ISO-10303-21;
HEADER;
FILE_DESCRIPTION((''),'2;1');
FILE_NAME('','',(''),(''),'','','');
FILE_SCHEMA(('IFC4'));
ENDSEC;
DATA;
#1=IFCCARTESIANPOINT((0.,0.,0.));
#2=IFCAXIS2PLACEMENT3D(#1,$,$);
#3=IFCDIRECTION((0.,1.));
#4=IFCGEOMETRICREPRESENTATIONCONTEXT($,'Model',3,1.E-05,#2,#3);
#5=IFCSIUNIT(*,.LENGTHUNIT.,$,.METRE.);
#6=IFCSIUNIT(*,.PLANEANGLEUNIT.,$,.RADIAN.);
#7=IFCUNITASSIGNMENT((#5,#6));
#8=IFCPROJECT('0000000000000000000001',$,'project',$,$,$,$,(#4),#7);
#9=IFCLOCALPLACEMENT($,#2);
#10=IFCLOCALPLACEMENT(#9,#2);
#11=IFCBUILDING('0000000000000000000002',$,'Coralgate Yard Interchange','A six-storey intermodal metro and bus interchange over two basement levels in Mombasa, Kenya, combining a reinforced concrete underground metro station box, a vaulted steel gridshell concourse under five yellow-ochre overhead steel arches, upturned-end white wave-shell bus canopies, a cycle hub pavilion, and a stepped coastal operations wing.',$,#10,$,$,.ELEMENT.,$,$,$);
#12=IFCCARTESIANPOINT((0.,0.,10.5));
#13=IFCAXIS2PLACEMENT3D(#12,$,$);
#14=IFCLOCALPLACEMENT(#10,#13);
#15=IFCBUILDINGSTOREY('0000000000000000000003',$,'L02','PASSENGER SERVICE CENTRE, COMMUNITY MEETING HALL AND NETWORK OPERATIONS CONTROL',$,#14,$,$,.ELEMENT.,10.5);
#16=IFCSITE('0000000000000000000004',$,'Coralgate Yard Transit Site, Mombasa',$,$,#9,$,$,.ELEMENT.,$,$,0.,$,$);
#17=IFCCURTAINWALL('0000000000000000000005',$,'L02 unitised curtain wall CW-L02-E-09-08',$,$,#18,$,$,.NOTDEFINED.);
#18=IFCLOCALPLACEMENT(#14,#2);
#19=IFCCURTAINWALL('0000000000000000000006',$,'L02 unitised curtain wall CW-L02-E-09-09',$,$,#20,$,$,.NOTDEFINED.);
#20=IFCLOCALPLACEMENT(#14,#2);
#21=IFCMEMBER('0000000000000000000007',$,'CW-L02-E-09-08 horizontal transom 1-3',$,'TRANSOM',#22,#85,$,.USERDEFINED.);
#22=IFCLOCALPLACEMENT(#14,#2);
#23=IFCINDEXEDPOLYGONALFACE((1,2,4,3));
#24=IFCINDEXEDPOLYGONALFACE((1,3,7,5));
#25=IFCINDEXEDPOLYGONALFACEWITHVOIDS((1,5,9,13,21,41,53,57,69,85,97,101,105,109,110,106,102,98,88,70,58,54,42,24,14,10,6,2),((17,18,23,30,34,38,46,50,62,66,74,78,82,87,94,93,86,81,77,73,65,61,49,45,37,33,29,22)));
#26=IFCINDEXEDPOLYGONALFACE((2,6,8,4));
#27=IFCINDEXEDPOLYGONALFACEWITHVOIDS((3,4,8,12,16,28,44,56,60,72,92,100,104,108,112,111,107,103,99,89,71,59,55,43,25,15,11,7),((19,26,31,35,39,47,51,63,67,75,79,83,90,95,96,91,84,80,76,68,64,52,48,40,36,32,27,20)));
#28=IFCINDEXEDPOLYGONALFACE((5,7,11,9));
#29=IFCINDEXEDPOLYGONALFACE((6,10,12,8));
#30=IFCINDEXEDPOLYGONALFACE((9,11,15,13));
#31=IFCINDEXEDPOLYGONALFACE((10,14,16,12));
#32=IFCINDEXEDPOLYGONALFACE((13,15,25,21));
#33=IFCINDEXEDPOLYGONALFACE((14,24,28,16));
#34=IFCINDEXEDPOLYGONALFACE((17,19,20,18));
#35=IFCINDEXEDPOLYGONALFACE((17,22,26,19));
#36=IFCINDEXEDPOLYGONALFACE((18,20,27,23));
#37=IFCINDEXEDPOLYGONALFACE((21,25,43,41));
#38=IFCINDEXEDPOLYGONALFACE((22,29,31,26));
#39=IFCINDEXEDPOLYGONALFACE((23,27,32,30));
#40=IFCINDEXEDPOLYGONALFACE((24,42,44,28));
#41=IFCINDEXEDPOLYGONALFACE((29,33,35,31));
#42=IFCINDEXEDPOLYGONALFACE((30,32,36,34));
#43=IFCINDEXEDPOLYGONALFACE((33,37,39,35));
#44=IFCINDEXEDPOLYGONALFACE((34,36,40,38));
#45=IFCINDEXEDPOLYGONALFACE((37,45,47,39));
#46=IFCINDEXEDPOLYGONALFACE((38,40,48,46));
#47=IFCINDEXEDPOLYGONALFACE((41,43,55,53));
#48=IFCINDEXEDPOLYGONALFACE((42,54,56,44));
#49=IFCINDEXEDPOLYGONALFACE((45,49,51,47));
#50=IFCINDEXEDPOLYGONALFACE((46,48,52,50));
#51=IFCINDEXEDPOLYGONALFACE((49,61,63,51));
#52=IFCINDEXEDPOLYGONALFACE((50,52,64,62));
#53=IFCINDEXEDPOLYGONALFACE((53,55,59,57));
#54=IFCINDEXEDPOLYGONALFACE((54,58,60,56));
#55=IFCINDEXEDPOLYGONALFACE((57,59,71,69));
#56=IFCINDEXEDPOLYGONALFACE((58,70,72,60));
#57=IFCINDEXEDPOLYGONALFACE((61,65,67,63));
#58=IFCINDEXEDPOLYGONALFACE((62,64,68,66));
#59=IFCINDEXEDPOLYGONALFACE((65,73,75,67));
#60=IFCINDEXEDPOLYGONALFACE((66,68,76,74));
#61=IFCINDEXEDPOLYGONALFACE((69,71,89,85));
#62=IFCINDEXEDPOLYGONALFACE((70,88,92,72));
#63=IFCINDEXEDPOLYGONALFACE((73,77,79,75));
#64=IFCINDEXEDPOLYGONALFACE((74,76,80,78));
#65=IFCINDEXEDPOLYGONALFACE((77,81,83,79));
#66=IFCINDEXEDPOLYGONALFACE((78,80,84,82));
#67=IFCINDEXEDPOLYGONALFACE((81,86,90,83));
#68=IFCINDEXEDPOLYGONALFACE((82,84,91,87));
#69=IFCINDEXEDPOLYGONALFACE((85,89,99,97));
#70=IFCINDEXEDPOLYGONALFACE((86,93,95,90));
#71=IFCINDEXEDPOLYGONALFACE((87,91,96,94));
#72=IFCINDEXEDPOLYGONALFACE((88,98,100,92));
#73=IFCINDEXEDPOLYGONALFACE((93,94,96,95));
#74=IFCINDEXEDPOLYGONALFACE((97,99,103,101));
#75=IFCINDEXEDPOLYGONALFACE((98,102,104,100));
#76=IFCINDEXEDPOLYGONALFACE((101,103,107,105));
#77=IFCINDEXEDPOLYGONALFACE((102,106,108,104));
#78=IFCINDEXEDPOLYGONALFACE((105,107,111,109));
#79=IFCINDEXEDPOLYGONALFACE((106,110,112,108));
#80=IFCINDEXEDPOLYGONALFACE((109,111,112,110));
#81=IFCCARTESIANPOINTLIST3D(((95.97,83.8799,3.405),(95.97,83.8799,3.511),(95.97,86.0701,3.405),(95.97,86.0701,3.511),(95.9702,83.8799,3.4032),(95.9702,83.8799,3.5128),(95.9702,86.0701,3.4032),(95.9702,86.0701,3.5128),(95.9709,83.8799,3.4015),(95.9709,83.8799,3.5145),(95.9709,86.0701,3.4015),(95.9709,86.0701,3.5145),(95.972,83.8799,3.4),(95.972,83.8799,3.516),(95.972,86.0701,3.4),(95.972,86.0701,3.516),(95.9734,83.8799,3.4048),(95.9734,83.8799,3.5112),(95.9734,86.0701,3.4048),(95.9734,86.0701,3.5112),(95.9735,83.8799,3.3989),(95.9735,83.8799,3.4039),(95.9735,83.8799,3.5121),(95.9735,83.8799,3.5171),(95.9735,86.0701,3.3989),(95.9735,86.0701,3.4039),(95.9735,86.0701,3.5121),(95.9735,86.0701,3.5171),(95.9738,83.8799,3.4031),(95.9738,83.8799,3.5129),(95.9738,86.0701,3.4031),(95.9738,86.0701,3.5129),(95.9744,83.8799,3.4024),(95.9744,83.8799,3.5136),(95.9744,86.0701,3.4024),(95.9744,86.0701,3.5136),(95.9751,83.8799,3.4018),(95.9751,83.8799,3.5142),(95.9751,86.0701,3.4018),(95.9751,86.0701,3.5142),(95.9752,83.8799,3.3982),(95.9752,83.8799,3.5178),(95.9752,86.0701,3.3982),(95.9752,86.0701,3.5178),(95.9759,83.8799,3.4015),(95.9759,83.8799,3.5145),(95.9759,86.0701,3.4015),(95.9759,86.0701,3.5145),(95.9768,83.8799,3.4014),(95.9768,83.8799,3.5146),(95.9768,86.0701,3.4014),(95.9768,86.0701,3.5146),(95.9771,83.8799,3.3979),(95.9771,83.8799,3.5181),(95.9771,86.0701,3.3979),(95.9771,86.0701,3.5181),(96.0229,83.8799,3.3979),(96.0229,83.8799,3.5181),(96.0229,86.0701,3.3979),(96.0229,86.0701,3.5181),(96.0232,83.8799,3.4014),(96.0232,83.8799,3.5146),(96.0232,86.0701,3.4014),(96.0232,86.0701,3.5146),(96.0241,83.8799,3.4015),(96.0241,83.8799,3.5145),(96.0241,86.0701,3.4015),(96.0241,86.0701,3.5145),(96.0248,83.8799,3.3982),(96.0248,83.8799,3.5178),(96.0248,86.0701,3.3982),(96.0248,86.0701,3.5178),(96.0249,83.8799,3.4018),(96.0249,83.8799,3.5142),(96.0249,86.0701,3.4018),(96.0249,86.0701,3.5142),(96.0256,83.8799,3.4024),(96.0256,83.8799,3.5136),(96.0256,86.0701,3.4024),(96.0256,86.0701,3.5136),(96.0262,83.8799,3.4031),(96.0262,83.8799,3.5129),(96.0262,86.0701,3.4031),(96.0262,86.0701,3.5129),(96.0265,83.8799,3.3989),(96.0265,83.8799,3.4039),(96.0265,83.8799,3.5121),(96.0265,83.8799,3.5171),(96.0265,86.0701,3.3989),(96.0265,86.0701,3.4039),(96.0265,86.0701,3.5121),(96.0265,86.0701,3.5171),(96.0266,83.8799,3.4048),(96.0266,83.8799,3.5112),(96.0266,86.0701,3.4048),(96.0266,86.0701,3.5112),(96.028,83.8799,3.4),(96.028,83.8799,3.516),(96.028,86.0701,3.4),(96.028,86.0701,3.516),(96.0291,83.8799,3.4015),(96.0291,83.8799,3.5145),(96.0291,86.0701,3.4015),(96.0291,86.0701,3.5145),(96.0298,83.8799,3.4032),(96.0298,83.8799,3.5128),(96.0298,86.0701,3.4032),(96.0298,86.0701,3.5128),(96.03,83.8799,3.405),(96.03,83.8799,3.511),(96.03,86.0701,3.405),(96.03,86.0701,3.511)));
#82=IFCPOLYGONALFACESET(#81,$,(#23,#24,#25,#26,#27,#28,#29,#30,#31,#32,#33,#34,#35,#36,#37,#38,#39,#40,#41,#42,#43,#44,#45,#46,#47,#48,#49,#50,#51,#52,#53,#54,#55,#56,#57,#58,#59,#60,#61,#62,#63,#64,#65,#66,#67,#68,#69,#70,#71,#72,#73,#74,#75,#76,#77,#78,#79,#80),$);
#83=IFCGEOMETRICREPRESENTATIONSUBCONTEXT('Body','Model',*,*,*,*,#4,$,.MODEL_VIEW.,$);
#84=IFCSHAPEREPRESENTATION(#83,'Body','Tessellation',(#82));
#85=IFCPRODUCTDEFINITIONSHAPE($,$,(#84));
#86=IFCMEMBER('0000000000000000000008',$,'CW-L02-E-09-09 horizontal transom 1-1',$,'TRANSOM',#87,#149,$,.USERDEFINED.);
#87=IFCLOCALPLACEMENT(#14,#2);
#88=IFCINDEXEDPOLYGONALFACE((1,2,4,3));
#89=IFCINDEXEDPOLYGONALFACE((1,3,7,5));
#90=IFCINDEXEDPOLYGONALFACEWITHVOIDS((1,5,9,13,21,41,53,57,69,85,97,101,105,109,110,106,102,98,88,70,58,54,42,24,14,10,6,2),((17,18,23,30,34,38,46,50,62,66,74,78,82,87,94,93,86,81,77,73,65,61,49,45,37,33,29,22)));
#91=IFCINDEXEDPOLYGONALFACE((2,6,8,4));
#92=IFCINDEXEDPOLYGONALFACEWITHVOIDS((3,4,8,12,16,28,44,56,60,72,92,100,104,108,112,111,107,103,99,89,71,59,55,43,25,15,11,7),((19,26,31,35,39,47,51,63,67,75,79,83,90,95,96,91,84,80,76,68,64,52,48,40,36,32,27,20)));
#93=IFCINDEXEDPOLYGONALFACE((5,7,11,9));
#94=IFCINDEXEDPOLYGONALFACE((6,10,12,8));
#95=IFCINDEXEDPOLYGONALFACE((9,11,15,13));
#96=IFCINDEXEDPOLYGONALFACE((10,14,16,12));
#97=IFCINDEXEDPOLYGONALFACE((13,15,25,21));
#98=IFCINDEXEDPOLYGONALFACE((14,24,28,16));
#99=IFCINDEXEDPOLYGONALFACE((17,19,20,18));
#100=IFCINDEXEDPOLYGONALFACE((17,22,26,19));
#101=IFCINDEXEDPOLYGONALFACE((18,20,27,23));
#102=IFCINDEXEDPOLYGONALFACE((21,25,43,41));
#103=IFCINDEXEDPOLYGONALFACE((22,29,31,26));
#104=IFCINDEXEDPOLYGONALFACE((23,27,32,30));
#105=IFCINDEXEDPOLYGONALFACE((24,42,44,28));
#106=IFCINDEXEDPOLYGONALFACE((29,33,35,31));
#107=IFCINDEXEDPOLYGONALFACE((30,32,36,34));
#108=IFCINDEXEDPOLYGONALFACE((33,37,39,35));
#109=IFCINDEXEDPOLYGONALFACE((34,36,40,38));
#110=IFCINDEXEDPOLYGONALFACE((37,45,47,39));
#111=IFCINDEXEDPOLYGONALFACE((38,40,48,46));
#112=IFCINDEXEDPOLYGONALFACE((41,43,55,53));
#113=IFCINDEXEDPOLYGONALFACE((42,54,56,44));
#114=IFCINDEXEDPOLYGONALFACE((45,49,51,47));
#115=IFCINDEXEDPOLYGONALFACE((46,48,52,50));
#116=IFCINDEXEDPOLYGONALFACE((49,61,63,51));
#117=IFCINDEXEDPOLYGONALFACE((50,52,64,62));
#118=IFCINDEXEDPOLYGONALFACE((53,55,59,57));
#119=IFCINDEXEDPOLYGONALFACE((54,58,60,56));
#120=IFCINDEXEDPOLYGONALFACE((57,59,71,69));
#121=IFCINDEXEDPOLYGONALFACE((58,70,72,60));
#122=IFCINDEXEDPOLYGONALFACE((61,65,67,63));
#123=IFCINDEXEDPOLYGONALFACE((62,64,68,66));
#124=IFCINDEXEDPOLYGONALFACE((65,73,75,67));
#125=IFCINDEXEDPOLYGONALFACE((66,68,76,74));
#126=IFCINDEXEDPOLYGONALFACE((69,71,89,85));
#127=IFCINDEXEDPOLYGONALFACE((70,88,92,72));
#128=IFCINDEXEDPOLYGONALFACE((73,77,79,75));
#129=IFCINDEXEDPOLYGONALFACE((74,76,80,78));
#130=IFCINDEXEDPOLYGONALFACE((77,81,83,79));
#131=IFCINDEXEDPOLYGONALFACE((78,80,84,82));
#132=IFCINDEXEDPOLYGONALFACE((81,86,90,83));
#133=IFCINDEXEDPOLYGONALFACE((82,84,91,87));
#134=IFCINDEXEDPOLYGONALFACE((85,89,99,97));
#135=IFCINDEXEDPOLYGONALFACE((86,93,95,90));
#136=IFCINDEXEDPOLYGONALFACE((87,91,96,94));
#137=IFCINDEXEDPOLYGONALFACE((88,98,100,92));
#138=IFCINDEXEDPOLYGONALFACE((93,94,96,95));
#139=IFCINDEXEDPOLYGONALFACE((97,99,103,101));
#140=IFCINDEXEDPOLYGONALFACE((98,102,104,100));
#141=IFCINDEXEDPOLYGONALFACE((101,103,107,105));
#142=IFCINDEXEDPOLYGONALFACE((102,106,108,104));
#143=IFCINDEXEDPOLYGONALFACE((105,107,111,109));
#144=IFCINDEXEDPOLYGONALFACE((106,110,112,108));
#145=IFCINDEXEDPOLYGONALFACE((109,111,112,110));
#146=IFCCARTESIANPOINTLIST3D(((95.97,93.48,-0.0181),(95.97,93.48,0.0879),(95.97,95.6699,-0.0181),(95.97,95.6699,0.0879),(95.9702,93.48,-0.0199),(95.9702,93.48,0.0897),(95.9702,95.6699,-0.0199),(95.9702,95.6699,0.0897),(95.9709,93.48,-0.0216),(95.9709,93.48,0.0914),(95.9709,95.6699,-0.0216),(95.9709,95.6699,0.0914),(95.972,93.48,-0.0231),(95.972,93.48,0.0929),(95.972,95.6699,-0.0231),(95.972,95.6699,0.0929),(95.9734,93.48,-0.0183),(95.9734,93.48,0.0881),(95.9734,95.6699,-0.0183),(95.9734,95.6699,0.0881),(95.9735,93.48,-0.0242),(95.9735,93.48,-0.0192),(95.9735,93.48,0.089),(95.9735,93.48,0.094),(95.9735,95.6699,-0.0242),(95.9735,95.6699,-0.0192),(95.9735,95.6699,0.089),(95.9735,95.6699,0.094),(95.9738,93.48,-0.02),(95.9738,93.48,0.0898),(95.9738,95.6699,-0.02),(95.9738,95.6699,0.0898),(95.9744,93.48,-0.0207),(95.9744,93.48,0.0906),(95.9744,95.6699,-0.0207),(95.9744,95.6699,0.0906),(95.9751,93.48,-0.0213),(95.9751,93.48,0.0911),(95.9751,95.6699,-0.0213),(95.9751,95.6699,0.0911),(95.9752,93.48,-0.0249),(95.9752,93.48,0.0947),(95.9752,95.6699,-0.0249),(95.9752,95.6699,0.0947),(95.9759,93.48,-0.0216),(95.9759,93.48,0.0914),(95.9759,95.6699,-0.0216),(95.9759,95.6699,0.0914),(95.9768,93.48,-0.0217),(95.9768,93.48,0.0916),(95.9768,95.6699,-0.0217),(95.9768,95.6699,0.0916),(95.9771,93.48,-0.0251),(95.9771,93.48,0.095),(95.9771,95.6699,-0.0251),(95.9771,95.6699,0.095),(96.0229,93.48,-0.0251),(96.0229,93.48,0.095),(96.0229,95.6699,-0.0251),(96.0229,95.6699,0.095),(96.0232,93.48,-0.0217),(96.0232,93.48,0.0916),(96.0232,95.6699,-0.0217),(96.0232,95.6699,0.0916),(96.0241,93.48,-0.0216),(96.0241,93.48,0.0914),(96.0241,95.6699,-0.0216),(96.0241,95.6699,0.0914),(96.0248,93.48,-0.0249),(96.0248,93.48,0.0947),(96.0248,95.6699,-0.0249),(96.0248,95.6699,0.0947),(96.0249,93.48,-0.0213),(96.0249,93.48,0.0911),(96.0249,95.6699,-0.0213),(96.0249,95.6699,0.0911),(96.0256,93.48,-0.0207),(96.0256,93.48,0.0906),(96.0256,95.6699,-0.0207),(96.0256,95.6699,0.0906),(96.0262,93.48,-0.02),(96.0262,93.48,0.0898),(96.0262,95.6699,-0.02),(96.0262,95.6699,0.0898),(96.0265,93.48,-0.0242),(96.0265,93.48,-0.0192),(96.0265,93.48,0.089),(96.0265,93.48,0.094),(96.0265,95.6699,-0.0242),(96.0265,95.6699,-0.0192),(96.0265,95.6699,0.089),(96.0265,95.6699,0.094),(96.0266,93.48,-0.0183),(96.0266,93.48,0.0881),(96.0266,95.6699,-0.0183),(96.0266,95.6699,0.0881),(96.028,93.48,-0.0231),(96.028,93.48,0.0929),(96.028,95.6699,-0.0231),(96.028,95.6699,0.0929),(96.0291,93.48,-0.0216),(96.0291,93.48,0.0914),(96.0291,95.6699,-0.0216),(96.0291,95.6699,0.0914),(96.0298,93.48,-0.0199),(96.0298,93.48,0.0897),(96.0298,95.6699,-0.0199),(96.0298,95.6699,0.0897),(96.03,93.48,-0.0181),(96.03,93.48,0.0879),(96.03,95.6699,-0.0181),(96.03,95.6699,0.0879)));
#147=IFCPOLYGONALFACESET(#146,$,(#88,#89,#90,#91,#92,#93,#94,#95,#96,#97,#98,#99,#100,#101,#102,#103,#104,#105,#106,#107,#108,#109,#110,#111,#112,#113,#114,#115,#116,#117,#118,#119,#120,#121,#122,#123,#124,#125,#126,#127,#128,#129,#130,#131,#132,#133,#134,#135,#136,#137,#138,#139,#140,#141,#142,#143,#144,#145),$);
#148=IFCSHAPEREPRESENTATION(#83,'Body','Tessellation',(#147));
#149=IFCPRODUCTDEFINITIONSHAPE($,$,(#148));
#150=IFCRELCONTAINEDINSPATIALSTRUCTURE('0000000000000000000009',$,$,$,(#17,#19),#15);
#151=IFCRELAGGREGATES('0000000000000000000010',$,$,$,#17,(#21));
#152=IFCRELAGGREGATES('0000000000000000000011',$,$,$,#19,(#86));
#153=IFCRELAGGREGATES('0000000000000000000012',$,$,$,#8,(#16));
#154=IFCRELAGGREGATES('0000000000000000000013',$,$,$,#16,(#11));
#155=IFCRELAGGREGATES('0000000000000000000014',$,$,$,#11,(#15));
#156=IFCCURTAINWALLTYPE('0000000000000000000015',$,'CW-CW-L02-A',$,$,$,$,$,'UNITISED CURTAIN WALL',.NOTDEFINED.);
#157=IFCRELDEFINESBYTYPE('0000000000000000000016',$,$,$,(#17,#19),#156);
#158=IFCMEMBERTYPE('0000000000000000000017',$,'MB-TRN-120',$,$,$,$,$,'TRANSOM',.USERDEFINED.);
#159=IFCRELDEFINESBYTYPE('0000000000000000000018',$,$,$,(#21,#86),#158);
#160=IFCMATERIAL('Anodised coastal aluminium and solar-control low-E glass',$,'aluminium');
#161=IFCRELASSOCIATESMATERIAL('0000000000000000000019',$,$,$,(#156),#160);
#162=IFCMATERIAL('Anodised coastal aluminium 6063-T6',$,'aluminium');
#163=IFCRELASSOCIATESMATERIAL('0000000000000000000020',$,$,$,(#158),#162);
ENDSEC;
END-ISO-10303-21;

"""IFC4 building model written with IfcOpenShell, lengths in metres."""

from ifc_helpers import new_model, si_unit, direction, frame, origin, origin_2d, place, context, subcontext, project, spatial, hollow_rectangle, extrude, material, material_profile, profile_set, type_object, element, aggregate, save


model = new_model("IFC4")

# Units and contexts
model_context = context("Model", 3, precision=1e-05, world=origin(), true_north=direction((0.0, 1.0)))
body_context = subcontext(model_context, "Body", "Model", "MODEL_VIEW")
ifc_project = project(units=[si_unit("LENGTHUNIT", "METRE"), si_unit("PLANEANGLEUNIT", "RADIAN")], contexts=[model_context])

# Site, building, storey
site_placement = place(None, origin())
site = spatial("IfcSite", under=ifc_project, at=site_placement, Name="Coralgate Yard Transit Site, Mombasa", CompositionType="ELEMENT", RefElevation=0.0)
building_placement = place(site_placement, origin())
building = spatial("IfcBuilding", under=site, at=building_placement, Name="Coralgate Yard Interchange", Description="A six-storey intermodal metro and bus interchange over two basement levels in Mombasa, Kenya, combining a reinforced concrete underground metro station box, a vaulted steel gridshell concourse under five yellow-ochre overhead steel arches, upturned-end white wave-shell bus canopies, a cycle hub pavilion, and a stepped coastal operations wing.", CompositionType="ELEMENT")
storey_placement = place(building_placement, frame((0.0, 0.0, 10.5)))
storey = spatial("IfcBuildingStorey", under=building, at=storey_placement, Name="L02", Description="PASSENGER SERVICE CENTRE, COMMUNITY MEETING HALL AND NETWORK OPERATIONS CONTROL", CompositionType="ELEMENT", Elevation=10.5)

# Curtain wall
ifc_material_1 = material(Name="Anodised coastal aluminium and solar-control low-E glass", Category="aluminium")
curtain_wall_type = type_object("IfcCurtainWallType", Name="CW-CW-L02-A", ElementType="UNITISED CURTAIN WALL", PredefinedType="NOTDEFINED", material=ifc_material_1)
curtain_wall_1_placement = place(storey_placement, origin())
curtain_wall_1 = element("IfcCurtainWall", 1, at=curtain_wall_1_placement, inside=storey, type_object=curtain_wall_type, Name="L02 unitised curtain wall CW-L02-E-09-08", PredefinedType="NOTDEFINED")
ifc_material_2 = material(Name="Anodised coastal aluminium 6063-T6", Category="aluminium")

# Curtain wall
curtain_wall_2_placement = place(storey_placement, origin())
curtain_wall_2 = element("IfcCurtainWall", 2, at=curtain_wall_2_placement, inside=storey, type_object=curtain_wall_type, Name="L02 unitised curtain wall CW-L02-E-09-09", PredefinedType="NOTDEFINED")

# Members
ifc_material_profile_1 = material_profile(ifc_material_2, hollow_rectangle(XDim=0.0601, YDim=0.1201, WallThickness=0.0034, InnerFilletRadius=0.0034, OuterFilletRadius=0.0071, at=origin_2d()), Name="ALU 60x120x3.5")
ifc_profile_set_1 = profile_set([ifc_material_profile_1], Name="Anodised coastal aluminium 6063-T6")
member_type_1 = type_object("IfcMemberType", Name="MB-TRN-120", ElementType="TRANSOM", PredefinedType="USERDEFINED", material=ifc_profile_set_1)
member_1_placement = place(storey_placement, frame((96.0, 86.0701, 3.458), z_axis=(0.0, -1.0, 0.0), x_axis=(1.0, 0.0, 0.0)))
member_1 = element("IfcMember", 3, at=member_1_placement, type_object=member_type_1, Name="CW-L02-E-09-08 horizontal transom 1-3", ObjectType="TRANSOM", PredefinedType="USERDEFINED", context=body_context, shape_type="SweptSolid", body=[
    extrude(hollow_rectangle(XDim=0.0601, YDim=0.1201, WallThickness=0.0034, InnerFilletRadius=0.0034, OuterFilletRadius=0.0071, at=origin_2d()), origin(), (0.0, 0.0, 1.0), 2.1902),
])
aggregate(curtain_wall_1, [member_1])
member_2_placement = place(storey_placement, frame((96.0, 95.6699, 0.0349), z_axis=(0.0, -1.0, 0.0), x_axis=(1.0, 0.0, 0.0)))
member_2 = element("IfcMember", 4, at=member_2_placement, type_object=member_type_1, Name="CW-L02-E-09-09 horizontal transom 1-1", ObjectType="TRANSOM", PredefinedType="USERDEFINED", context=body_context, shape_type="SweptSolid", body=[
    extrude(hollow_rectangle(XDim=0.0601, YDim=0.1201, WallThickness=0.0034, InnerFilletRadius=0.0034, OuterFilletRadius=0.0071, at=origin_2d()), origin(), (0.0, 0.0, 1.0), 2.1899),
])

aggregate(curtain_wall_2, [member_2])

save(model, "model.ifc")
